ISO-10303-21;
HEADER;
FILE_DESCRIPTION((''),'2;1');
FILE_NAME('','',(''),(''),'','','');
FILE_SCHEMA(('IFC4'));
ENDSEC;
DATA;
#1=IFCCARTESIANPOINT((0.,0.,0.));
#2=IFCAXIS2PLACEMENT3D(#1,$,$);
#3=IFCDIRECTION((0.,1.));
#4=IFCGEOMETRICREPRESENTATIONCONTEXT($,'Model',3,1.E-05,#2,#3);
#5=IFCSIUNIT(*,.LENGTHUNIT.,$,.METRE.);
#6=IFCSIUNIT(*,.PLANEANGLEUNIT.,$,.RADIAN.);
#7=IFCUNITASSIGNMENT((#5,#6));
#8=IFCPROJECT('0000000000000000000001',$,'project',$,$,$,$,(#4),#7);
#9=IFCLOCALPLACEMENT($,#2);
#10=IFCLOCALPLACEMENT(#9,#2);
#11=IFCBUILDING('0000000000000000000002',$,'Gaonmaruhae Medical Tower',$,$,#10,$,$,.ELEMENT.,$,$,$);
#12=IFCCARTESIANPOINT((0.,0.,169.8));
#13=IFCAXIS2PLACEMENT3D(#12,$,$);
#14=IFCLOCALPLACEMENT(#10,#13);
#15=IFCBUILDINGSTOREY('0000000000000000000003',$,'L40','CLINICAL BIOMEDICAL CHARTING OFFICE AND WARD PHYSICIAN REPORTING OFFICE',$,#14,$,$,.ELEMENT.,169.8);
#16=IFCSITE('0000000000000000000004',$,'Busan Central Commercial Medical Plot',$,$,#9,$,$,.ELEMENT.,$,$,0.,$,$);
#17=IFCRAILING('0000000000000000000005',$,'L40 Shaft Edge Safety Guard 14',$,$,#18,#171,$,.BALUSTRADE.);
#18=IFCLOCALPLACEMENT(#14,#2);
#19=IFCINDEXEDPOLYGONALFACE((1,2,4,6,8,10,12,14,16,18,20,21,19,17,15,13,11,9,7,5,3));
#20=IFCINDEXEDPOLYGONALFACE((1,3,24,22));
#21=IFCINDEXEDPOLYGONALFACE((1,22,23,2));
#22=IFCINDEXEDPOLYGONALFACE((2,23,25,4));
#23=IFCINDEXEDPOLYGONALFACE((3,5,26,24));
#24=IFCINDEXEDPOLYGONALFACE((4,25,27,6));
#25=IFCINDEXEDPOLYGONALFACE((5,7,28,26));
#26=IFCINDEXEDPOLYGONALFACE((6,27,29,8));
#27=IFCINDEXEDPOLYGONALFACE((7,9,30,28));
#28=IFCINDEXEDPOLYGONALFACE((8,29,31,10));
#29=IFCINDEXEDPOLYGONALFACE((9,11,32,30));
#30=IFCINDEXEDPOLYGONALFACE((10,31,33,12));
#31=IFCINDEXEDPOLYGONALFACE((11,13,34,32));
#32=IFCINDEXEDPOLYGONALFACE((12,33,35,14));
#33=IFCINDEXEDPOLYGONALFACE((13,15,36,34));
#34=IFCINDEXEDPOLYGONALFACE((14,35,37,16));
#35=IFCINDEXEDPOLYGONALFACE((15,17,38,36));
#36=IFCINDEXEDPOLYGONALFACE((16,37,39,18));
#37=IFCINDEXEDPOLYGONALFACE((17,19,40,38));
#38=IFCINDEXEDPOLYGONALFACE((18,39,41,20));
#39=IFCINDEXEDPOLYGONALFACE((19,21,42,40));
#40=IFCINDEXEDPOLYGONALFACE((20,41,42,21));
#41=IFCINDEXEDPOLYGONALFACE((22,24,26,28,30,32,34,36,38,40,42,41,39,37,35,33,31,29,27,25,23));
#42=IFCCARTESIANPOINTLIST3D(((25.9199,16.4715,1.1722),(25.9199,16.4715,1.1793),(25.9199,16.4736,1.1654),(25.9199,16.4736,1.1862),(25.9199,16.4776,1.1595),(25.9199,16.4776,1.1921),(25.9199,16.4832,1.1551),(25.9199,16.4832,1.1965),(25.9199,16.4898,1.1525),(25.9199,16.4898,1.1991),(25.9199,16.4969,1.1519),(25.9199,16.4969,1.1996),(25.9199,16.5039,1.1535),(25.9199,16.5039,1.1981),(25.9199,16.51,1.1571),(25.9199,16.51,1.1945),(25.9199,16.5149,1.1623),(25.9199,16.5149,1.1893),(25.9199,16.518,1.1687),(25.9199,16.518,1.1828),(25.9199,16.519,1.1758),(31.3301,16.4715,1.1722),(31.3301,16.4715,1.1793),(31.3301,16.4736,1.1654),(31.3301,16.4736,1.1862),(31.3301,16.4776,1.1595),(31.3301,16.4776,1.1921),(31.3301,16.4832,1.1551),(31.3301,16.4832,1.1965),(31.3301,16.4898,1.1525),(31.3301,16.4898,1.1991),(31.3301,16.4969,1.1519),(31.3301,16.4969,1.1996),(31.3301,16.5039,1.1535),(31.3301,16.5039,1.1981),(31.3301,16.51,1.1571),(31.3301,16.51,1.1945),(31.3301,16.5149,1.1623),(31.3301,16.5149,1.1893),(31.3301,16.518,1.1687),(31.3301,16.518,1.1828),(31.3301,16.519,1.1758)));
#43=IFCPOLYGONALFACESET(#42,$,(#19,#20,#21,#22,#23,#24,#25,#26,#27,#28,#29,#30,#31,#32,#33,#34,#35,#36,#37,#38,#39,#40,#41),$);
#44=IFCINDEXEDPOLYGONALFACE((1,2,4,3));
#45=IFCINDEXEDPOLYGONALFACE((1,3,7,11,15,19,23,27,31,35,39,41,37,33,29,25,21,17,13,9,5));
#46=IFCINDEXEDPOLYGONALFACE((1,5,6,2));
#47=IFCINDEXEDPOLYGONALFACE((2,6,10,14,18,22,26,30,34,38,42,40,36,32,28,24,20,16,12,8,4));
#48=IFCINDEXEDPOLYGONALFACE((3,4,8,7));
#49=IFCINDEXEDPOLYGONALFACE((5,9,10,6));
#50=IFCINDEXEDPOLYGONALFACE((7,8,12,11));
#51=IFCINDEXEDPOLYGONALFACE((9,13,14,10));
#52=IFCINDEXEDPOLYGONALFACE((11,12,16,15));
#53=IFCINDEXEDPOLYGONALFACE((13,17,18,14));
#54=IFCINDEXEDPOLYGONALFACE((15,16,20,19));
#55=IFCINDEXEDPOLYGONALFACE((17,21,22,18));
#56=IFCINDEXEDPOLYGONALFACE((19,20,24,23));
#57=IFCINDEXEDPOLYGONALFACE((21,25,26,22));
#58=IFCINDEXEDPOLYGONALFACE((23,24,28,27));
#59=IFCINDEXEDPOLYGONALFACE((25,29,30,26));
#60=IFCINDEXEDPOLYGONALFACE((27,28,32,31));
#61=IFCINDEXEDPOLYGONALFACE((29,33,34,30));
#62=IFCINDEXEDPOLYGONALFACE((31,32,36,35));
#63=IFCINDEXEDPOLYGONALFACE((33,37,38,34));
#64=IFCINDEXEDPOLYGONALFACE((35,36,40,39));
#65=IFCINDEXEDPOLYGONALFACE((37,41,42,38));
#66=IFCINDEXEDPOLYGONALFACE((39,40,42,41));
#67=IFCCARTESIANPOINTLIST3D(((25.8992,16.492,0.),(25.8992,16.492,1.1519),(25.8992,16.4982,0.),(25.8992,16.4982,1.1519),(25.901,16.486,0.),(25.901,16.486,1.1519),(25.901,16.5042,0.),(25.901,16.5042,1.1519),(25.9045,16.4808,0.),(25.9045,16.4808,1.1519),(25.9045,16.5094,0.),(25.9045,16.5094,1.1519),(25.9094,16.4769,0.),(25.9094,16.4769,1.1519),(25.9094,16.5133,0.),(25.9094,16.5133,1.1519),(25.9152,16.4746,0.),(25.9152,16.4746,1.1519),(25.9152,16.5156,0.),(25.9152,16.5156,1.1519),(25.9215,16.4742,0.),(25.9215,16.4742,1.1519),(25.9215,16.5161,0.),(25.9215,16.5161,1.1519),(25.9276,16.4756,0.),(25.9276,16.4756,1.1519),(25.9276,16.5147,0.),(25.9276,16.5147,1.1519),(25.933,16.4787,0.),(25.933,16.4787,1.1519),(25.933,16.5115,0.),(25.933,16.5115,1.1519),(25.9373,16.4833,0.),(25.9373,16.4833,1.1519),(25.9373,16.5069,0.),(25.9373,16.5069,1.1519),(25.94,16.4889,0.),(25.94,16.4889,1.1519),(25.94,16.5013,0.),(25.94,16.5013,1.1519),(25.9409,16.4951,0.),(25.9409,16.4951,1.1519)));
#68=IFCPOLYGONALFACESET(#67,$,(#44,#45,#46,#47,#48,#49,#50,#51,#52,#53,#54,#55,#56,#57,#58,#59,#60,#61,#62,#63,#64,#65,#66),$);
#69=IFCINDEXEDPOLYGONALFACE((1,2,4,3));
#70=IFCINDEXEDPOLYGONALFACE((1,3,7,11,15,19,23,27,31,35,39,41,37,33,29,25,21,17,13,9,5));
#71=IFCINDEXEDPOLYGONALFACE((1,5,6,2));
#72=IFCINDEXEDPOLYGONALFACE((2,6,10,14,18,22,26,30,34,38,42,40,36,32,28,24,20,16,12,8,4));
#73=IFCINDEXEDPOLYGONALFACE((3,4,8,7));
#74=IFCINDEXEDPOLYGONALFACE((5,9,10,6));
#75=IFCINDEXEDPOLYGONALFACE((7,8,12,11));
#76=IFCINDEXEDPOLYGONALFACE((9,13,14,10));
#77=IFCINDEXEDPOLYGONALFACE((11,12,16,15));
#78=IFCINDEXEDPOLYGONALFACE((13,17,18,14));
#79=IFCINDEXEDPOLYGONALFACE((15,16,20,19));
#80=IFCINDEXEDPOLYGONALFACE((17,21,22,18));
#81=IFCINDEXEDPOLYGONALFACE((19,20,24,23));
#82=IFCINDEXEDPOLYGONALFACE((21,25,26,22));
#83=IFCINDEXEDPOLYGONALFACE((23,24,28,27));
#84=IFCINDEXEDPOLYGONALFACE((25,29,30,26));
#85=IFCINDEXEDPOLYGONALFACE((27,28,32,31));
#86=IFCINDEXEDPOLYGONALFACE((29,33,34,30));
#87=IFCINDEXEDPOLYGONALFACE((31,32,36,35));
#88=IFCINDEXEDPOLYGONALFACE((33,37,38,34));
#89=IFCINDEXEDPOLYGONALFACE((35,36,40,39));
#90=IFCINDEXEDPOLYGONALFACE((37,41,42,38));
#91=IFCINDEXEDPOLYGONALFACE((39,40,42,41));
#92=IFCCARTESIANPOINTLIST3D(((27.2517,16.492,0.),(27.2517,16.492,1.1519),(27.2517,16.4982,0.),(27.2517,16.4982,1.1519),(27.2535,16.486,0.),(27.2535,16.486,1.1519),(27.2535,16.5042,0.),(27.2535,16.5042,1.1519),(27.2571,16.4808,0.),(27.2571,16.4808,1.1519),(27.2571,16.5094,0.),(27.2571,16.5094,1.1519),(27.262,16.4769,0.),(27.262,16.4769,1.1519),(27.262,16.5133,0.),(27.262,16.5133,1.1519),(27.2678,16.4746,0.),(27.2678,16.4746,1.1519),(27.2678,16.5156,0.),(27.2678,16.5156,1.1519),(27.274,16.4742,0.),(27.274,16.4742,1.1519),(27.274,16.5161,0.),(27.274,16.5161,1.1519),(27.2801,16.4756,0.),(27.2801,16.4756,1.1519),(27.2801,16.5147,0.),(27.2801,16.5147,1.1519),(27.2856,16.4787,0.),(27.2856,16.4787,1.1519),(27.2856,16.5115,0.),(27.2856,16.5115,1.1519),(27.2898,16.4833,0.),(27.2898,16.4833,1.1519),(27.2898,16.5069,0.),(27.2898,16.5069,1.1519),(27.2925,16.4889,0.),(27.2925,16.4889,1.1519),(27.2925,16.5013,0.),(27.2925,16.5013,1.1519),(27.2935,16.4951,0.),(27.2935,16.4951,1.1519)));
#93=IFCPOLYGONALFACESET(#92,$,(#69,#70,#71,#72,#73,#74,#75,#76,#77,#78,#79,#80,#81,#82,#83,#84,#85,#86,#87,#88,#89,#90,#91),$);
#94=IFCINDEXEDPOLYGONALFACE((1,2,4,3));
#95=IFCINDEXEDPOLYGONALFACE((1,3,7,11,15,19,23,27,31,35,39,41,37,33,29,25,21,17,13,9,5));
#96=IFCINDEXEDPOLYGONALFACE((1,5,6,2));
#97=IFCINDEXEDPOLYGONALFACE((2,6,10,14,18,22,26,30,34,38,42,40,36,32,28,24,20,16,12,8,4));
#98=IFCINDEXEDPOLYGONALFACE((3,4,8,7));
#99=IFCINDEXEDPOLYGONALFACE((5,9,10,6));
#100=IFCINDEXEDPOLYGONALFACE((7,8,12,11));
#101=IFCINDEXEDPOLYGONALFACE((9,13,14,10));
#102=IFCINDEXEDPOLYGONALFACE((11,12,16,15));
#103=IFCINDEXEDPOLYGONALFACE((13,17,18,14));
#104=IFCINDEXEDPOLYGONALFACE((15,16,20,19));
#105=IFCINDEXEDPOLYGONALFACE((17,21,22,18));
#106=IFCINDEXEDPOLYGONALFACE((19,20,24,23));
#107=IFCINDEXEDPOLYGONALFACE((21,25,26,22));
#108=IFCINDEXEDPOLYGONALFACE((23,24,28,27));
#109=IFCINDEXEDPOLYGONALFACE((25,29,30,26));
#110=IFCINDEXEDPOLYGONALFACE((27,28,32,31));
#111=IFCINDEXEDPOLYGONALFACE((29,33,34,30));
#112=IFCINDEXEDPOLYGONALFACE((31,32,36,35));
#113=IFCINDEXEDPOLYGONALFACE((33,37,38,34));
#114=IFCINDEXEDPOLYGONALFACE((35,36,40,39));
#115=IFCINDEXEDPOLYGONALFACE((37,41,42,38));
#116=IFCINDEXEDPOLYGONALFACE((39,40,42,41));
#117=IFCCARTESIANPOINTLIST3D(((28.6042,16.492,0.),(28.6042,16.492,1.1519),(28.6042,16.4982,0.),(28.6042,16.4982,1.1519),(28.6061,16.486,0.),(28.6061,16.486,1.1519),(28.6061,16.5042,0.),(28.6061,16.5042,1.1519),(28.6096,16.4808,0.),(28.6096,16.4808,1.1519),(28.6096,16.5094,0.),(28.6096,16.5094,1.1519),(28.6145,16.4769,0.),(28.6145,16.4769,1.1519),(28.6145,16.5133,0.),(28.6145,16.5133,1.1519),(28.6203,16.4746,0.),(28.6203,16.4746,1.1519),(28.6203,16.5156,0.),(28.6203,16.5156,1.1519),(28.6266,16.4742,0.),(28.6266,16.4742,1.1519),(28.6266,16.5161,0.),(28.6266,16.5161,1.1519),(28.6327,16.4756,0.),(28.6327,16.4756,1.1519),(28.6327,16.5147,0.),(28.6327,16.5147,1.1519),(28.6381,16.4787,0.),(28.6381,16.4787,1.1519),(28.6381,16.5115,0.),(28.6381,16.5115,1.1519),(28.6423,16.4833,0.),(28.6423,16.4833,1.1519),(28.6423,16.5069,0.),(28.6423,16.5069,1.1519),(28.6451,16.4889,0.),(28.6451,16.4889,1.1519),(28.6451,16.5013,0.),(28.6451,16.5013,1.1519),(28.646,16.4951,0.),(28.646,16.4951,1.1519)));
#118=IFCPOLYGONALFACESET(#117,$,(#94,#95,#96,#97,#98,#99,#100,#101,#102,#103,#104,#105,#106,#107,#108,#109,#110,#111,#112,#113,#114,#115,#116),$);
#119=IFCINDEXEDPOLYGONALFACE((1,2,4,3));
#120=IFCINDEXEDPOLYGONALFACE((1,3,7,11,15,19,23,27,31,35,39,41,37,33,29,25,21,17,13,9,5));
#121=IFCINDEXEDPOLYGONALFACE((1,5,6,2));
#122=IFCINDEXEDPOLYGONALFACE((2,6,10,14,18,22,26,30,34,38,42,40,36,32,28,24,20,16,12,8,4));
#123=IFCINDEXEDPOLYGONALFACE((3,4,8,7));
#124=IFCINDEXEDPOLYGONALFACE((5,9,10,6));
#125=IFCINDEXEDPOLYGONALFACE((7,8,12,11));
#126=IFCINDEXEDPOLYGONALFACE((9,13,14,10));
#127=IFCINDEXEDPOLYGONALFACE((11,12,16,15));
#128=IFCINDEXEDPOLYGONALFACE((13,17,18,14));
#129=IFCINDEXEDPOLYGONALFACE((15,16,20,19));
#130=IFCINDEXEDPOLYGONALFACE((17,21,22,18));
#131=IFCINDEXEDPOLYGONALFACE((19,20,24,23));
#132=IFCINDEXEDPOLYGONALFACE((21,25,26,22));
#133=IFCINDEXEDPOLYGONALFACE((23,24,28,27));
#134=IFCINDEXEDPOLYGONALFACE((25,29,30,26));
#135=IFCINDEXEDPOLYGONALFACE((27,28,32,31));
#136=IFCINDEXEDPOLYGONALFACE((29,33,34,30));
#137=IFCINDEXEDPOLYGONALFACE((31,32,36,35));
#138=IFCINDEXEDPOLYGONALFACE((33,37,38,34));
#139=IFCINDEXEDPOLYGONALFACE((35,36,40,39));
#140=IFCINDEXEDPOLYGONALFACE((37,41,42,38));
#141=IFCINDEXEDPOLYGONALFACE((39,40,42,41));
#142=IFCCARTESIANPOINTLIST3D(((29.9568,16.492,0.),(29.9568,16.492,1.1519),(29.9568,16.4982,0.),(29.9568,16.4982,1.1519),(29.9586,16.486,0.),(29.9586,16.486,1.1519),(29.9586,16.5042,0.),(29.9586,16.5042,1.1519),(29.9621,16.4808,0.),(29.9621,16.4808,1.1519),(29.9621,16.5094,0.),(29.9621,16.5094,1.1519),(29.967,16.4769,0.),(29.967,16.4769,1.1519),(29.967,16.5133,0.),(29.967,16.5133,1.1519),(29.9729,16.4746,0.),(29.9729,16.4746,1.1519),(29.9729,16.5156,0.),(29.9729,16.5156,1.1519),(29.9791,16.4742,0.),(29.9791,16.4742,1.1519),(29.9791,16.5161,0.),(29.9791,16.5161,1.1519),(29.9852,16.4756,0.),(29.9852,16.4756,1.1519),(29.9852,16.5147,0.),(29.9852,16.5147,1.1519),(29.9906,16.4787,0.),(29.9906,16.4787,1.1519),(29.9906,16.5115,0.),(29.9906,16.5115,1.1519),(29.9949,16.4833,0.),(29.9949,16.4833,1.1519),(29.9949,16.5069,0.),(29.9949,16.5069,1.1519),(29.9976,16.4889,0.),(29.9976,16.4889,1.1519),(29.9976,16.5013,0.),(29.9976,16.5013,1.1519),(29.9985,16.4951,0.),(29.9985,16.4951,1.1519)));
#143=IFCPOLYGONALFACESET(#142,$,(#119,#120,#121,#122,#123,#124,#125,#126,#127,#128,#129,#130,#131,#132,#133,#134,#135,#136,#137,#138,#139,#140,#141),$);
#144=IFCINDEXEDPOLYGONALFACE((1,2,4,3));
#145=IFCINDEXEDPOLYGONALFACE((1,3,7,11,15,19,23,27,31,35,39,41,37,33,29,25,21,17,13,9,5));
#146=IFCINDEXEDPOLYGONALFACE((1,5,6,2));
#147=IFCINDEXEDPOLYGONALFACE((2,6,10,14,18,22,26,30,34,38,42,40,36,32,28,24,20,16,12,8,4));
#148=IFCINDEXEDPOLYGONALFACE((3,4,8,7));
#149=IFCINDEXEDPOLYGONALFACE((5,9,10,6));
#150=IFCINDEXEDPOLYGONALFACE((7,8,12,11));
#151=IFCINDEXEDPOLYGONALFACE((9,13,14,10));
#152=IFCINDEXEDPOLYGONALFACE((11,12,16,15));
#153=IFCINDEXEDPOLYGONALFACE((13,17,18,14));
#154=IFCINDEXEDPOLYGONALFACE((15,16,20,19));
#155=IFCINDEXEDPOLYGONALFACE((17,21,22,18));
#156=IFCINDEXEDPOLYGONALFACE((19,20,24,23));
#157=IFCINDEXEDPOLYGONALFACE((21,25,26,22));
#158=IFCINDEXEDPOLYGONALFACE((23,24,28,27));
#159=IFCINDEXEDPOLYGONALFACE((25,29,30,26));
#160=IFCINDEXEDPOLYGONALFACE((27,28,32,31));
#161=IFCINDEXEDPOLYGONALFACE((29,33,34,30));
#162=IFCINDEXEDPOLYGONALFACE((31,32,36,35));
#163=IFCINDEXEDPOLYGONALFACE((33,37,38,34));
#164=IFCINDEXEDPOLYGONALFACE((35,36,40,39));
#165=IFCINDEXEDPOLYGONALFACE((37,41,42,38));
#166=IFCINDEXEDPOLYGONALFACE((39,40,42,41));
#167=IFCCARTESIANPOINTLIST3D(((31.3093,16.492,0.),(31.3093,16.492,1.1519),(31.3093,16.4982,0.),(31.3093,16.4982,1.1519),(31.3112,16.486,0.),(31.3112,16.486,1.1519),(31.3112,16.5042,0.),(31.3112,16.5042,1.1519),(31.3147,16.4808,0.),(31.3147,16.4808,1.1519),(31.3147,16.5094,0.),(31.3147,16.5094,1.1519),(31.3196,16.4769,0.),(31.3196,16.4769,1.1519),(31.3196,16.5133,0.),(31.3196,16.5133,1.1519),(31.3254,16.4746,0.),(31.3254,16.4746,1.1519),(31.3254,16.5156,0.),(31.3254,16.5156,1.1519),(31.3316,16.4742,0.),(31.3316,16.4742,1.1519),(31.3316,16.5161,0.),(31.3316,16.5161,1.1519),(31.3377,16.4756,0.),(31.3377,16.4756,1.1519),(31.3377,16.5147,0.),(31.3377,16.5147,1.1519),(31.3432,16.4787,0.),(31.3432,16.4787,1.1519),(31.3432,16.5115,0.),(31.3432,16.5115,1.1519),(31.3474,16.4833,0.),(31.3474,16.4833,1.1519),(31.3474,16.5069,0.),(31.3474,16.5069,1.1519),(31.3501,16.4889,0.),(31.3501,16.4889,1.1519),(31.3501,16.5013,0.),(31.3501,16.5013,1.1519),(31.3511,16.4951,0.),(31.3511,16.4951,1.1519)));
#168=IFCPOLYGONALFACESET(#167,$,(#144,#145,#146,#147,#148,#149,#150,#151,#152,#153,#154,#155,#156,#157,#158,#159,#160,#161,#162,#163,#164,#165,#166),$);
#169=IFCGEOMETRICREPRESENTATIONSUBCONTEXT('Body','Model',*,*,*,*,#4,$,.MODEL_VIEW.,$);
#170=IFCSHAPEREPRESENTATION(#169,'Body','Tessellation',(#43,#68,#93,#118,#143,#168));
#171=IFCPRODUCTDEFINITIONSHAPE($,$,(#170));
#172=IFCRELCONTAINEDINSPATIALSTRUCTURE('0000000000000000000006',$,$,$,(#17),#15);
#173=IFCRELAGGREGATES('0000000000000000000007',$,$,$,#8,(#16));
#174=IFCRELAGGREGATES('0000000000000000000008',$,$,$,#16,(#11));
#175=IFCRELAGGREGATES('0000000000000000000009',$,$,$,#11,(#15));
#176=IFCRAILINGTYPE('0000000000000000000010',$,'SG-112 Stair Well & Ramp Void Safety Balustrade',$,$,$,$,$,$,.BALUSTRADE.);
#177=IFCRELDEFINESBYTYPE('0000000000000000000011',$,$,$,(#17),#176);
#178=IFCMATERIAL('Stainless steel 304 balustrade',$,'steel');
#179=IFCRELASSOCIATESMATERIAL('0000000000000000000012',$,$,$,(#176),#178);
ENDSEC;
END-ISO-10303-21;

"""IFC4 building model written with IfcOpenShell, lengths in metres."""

from ifc_helpers import new_model, si_unit, direction, frame, origin, origin_2d, place, context, subcontext, project, spatial, circle, extrude, material, type_object, element, save


model = new_model("IFC4")

# Units and contexts
model_context = context("Model", 3, precision=1e-05, world=origin(), true_north=direction((0.0, 1.0)))
body_context = subcontext(model_context, "Body", "Model", "MODEL_VIEW")
ifc_project = project(units=[si_unit("LENGTHUNIT", "METRE"), si_unit("PLANEANGLEUNIT", "RADIAN")], contexts=[model_context])

# Site, building, storey
site_placement = place(None, origin())
site = spatial("IfcSite", under=ifc_project, at=site_placement, Name="Busan Central Commercial Medical Plot", CompositionType="ELEMENT", RefElevation=0.0)
building_placement = place(site_placement, origin())
building = spatial("IfcBuilding", under=site, at=building_placement, Name="Gaonmaruhae Medical Tower", CompositionType="ELEMENT")
storey_placement = place(building_placement, frame((0.0, 0.0, 169.8)))
storey = spatial("IfcBuildingStorey", under=building, at=storey_placement, Name="L40", Description="CLINICAL BIOMEDICAL CHARTING OFFICE AND WARD PHYSICIAN REPORTING OFFICE", CompositionType="ELEMENT", Elevation=169.8)

# Railing
ifc_material_1 = material(Name="Stainless steel 304 balustrade", Category="steel")
railing_type = type_object("IfcRailingType", Name="SG-112 Stair Well & Ramp Void Safety Balustrade", PredefinedType="BALUSTRADE", material=ifc_material_1)
railing_1_placement = place(storey_placement, frame((25.9199, 16.4951, 0.0)))
element("IfcRailing", 1, at=railing_1_placement, inside=storey, type_object=railing_type, Name="L40 Shaft Edge Safety Guard 14", PredefinedType="BALUSTRADE", context=body_context, shape_type="SweptSolid", body=[
    extrude(circle(Radius=0.0239, at=origin_2d()), frame((0.0, 0.0, 1.1758), z_axis=(1.0, 0.0, 0.0), x_axis=(0.0, 1.0, 0.0)), (0.0, 0.0, 1.0), 5.4102),
    extrude(circle(Radius=0.021, at=origin_2d()), origin(), (0.0, 0.0, 1.0), 1.1519),
    extrude(circle(Radius=0.021, at=origin_2d()), frame((1.3525, 0.0, 0.0)), (0.0, 0.0, 1.0), 1.1519),
    extrude(circle(Radius=0.021, at=origin_2d()), frame((2.7051, 0.0, 0.0)), (0.0, 0.0, 1.0), 1.1519),
    extrude(circle(Radius=0.021, at=origin_2d()), frame((4.0576, 0.0, 0.0)), (0.0, 0.0, 1.0), 1.1519),
    extrude(circle(Radius=0.021, at=origin_2d()), frame((5.4102, 0.0, 0.0)), (0.0, 0.0, 1.0), 1.1519),
])

save(model, "model.ifc")
